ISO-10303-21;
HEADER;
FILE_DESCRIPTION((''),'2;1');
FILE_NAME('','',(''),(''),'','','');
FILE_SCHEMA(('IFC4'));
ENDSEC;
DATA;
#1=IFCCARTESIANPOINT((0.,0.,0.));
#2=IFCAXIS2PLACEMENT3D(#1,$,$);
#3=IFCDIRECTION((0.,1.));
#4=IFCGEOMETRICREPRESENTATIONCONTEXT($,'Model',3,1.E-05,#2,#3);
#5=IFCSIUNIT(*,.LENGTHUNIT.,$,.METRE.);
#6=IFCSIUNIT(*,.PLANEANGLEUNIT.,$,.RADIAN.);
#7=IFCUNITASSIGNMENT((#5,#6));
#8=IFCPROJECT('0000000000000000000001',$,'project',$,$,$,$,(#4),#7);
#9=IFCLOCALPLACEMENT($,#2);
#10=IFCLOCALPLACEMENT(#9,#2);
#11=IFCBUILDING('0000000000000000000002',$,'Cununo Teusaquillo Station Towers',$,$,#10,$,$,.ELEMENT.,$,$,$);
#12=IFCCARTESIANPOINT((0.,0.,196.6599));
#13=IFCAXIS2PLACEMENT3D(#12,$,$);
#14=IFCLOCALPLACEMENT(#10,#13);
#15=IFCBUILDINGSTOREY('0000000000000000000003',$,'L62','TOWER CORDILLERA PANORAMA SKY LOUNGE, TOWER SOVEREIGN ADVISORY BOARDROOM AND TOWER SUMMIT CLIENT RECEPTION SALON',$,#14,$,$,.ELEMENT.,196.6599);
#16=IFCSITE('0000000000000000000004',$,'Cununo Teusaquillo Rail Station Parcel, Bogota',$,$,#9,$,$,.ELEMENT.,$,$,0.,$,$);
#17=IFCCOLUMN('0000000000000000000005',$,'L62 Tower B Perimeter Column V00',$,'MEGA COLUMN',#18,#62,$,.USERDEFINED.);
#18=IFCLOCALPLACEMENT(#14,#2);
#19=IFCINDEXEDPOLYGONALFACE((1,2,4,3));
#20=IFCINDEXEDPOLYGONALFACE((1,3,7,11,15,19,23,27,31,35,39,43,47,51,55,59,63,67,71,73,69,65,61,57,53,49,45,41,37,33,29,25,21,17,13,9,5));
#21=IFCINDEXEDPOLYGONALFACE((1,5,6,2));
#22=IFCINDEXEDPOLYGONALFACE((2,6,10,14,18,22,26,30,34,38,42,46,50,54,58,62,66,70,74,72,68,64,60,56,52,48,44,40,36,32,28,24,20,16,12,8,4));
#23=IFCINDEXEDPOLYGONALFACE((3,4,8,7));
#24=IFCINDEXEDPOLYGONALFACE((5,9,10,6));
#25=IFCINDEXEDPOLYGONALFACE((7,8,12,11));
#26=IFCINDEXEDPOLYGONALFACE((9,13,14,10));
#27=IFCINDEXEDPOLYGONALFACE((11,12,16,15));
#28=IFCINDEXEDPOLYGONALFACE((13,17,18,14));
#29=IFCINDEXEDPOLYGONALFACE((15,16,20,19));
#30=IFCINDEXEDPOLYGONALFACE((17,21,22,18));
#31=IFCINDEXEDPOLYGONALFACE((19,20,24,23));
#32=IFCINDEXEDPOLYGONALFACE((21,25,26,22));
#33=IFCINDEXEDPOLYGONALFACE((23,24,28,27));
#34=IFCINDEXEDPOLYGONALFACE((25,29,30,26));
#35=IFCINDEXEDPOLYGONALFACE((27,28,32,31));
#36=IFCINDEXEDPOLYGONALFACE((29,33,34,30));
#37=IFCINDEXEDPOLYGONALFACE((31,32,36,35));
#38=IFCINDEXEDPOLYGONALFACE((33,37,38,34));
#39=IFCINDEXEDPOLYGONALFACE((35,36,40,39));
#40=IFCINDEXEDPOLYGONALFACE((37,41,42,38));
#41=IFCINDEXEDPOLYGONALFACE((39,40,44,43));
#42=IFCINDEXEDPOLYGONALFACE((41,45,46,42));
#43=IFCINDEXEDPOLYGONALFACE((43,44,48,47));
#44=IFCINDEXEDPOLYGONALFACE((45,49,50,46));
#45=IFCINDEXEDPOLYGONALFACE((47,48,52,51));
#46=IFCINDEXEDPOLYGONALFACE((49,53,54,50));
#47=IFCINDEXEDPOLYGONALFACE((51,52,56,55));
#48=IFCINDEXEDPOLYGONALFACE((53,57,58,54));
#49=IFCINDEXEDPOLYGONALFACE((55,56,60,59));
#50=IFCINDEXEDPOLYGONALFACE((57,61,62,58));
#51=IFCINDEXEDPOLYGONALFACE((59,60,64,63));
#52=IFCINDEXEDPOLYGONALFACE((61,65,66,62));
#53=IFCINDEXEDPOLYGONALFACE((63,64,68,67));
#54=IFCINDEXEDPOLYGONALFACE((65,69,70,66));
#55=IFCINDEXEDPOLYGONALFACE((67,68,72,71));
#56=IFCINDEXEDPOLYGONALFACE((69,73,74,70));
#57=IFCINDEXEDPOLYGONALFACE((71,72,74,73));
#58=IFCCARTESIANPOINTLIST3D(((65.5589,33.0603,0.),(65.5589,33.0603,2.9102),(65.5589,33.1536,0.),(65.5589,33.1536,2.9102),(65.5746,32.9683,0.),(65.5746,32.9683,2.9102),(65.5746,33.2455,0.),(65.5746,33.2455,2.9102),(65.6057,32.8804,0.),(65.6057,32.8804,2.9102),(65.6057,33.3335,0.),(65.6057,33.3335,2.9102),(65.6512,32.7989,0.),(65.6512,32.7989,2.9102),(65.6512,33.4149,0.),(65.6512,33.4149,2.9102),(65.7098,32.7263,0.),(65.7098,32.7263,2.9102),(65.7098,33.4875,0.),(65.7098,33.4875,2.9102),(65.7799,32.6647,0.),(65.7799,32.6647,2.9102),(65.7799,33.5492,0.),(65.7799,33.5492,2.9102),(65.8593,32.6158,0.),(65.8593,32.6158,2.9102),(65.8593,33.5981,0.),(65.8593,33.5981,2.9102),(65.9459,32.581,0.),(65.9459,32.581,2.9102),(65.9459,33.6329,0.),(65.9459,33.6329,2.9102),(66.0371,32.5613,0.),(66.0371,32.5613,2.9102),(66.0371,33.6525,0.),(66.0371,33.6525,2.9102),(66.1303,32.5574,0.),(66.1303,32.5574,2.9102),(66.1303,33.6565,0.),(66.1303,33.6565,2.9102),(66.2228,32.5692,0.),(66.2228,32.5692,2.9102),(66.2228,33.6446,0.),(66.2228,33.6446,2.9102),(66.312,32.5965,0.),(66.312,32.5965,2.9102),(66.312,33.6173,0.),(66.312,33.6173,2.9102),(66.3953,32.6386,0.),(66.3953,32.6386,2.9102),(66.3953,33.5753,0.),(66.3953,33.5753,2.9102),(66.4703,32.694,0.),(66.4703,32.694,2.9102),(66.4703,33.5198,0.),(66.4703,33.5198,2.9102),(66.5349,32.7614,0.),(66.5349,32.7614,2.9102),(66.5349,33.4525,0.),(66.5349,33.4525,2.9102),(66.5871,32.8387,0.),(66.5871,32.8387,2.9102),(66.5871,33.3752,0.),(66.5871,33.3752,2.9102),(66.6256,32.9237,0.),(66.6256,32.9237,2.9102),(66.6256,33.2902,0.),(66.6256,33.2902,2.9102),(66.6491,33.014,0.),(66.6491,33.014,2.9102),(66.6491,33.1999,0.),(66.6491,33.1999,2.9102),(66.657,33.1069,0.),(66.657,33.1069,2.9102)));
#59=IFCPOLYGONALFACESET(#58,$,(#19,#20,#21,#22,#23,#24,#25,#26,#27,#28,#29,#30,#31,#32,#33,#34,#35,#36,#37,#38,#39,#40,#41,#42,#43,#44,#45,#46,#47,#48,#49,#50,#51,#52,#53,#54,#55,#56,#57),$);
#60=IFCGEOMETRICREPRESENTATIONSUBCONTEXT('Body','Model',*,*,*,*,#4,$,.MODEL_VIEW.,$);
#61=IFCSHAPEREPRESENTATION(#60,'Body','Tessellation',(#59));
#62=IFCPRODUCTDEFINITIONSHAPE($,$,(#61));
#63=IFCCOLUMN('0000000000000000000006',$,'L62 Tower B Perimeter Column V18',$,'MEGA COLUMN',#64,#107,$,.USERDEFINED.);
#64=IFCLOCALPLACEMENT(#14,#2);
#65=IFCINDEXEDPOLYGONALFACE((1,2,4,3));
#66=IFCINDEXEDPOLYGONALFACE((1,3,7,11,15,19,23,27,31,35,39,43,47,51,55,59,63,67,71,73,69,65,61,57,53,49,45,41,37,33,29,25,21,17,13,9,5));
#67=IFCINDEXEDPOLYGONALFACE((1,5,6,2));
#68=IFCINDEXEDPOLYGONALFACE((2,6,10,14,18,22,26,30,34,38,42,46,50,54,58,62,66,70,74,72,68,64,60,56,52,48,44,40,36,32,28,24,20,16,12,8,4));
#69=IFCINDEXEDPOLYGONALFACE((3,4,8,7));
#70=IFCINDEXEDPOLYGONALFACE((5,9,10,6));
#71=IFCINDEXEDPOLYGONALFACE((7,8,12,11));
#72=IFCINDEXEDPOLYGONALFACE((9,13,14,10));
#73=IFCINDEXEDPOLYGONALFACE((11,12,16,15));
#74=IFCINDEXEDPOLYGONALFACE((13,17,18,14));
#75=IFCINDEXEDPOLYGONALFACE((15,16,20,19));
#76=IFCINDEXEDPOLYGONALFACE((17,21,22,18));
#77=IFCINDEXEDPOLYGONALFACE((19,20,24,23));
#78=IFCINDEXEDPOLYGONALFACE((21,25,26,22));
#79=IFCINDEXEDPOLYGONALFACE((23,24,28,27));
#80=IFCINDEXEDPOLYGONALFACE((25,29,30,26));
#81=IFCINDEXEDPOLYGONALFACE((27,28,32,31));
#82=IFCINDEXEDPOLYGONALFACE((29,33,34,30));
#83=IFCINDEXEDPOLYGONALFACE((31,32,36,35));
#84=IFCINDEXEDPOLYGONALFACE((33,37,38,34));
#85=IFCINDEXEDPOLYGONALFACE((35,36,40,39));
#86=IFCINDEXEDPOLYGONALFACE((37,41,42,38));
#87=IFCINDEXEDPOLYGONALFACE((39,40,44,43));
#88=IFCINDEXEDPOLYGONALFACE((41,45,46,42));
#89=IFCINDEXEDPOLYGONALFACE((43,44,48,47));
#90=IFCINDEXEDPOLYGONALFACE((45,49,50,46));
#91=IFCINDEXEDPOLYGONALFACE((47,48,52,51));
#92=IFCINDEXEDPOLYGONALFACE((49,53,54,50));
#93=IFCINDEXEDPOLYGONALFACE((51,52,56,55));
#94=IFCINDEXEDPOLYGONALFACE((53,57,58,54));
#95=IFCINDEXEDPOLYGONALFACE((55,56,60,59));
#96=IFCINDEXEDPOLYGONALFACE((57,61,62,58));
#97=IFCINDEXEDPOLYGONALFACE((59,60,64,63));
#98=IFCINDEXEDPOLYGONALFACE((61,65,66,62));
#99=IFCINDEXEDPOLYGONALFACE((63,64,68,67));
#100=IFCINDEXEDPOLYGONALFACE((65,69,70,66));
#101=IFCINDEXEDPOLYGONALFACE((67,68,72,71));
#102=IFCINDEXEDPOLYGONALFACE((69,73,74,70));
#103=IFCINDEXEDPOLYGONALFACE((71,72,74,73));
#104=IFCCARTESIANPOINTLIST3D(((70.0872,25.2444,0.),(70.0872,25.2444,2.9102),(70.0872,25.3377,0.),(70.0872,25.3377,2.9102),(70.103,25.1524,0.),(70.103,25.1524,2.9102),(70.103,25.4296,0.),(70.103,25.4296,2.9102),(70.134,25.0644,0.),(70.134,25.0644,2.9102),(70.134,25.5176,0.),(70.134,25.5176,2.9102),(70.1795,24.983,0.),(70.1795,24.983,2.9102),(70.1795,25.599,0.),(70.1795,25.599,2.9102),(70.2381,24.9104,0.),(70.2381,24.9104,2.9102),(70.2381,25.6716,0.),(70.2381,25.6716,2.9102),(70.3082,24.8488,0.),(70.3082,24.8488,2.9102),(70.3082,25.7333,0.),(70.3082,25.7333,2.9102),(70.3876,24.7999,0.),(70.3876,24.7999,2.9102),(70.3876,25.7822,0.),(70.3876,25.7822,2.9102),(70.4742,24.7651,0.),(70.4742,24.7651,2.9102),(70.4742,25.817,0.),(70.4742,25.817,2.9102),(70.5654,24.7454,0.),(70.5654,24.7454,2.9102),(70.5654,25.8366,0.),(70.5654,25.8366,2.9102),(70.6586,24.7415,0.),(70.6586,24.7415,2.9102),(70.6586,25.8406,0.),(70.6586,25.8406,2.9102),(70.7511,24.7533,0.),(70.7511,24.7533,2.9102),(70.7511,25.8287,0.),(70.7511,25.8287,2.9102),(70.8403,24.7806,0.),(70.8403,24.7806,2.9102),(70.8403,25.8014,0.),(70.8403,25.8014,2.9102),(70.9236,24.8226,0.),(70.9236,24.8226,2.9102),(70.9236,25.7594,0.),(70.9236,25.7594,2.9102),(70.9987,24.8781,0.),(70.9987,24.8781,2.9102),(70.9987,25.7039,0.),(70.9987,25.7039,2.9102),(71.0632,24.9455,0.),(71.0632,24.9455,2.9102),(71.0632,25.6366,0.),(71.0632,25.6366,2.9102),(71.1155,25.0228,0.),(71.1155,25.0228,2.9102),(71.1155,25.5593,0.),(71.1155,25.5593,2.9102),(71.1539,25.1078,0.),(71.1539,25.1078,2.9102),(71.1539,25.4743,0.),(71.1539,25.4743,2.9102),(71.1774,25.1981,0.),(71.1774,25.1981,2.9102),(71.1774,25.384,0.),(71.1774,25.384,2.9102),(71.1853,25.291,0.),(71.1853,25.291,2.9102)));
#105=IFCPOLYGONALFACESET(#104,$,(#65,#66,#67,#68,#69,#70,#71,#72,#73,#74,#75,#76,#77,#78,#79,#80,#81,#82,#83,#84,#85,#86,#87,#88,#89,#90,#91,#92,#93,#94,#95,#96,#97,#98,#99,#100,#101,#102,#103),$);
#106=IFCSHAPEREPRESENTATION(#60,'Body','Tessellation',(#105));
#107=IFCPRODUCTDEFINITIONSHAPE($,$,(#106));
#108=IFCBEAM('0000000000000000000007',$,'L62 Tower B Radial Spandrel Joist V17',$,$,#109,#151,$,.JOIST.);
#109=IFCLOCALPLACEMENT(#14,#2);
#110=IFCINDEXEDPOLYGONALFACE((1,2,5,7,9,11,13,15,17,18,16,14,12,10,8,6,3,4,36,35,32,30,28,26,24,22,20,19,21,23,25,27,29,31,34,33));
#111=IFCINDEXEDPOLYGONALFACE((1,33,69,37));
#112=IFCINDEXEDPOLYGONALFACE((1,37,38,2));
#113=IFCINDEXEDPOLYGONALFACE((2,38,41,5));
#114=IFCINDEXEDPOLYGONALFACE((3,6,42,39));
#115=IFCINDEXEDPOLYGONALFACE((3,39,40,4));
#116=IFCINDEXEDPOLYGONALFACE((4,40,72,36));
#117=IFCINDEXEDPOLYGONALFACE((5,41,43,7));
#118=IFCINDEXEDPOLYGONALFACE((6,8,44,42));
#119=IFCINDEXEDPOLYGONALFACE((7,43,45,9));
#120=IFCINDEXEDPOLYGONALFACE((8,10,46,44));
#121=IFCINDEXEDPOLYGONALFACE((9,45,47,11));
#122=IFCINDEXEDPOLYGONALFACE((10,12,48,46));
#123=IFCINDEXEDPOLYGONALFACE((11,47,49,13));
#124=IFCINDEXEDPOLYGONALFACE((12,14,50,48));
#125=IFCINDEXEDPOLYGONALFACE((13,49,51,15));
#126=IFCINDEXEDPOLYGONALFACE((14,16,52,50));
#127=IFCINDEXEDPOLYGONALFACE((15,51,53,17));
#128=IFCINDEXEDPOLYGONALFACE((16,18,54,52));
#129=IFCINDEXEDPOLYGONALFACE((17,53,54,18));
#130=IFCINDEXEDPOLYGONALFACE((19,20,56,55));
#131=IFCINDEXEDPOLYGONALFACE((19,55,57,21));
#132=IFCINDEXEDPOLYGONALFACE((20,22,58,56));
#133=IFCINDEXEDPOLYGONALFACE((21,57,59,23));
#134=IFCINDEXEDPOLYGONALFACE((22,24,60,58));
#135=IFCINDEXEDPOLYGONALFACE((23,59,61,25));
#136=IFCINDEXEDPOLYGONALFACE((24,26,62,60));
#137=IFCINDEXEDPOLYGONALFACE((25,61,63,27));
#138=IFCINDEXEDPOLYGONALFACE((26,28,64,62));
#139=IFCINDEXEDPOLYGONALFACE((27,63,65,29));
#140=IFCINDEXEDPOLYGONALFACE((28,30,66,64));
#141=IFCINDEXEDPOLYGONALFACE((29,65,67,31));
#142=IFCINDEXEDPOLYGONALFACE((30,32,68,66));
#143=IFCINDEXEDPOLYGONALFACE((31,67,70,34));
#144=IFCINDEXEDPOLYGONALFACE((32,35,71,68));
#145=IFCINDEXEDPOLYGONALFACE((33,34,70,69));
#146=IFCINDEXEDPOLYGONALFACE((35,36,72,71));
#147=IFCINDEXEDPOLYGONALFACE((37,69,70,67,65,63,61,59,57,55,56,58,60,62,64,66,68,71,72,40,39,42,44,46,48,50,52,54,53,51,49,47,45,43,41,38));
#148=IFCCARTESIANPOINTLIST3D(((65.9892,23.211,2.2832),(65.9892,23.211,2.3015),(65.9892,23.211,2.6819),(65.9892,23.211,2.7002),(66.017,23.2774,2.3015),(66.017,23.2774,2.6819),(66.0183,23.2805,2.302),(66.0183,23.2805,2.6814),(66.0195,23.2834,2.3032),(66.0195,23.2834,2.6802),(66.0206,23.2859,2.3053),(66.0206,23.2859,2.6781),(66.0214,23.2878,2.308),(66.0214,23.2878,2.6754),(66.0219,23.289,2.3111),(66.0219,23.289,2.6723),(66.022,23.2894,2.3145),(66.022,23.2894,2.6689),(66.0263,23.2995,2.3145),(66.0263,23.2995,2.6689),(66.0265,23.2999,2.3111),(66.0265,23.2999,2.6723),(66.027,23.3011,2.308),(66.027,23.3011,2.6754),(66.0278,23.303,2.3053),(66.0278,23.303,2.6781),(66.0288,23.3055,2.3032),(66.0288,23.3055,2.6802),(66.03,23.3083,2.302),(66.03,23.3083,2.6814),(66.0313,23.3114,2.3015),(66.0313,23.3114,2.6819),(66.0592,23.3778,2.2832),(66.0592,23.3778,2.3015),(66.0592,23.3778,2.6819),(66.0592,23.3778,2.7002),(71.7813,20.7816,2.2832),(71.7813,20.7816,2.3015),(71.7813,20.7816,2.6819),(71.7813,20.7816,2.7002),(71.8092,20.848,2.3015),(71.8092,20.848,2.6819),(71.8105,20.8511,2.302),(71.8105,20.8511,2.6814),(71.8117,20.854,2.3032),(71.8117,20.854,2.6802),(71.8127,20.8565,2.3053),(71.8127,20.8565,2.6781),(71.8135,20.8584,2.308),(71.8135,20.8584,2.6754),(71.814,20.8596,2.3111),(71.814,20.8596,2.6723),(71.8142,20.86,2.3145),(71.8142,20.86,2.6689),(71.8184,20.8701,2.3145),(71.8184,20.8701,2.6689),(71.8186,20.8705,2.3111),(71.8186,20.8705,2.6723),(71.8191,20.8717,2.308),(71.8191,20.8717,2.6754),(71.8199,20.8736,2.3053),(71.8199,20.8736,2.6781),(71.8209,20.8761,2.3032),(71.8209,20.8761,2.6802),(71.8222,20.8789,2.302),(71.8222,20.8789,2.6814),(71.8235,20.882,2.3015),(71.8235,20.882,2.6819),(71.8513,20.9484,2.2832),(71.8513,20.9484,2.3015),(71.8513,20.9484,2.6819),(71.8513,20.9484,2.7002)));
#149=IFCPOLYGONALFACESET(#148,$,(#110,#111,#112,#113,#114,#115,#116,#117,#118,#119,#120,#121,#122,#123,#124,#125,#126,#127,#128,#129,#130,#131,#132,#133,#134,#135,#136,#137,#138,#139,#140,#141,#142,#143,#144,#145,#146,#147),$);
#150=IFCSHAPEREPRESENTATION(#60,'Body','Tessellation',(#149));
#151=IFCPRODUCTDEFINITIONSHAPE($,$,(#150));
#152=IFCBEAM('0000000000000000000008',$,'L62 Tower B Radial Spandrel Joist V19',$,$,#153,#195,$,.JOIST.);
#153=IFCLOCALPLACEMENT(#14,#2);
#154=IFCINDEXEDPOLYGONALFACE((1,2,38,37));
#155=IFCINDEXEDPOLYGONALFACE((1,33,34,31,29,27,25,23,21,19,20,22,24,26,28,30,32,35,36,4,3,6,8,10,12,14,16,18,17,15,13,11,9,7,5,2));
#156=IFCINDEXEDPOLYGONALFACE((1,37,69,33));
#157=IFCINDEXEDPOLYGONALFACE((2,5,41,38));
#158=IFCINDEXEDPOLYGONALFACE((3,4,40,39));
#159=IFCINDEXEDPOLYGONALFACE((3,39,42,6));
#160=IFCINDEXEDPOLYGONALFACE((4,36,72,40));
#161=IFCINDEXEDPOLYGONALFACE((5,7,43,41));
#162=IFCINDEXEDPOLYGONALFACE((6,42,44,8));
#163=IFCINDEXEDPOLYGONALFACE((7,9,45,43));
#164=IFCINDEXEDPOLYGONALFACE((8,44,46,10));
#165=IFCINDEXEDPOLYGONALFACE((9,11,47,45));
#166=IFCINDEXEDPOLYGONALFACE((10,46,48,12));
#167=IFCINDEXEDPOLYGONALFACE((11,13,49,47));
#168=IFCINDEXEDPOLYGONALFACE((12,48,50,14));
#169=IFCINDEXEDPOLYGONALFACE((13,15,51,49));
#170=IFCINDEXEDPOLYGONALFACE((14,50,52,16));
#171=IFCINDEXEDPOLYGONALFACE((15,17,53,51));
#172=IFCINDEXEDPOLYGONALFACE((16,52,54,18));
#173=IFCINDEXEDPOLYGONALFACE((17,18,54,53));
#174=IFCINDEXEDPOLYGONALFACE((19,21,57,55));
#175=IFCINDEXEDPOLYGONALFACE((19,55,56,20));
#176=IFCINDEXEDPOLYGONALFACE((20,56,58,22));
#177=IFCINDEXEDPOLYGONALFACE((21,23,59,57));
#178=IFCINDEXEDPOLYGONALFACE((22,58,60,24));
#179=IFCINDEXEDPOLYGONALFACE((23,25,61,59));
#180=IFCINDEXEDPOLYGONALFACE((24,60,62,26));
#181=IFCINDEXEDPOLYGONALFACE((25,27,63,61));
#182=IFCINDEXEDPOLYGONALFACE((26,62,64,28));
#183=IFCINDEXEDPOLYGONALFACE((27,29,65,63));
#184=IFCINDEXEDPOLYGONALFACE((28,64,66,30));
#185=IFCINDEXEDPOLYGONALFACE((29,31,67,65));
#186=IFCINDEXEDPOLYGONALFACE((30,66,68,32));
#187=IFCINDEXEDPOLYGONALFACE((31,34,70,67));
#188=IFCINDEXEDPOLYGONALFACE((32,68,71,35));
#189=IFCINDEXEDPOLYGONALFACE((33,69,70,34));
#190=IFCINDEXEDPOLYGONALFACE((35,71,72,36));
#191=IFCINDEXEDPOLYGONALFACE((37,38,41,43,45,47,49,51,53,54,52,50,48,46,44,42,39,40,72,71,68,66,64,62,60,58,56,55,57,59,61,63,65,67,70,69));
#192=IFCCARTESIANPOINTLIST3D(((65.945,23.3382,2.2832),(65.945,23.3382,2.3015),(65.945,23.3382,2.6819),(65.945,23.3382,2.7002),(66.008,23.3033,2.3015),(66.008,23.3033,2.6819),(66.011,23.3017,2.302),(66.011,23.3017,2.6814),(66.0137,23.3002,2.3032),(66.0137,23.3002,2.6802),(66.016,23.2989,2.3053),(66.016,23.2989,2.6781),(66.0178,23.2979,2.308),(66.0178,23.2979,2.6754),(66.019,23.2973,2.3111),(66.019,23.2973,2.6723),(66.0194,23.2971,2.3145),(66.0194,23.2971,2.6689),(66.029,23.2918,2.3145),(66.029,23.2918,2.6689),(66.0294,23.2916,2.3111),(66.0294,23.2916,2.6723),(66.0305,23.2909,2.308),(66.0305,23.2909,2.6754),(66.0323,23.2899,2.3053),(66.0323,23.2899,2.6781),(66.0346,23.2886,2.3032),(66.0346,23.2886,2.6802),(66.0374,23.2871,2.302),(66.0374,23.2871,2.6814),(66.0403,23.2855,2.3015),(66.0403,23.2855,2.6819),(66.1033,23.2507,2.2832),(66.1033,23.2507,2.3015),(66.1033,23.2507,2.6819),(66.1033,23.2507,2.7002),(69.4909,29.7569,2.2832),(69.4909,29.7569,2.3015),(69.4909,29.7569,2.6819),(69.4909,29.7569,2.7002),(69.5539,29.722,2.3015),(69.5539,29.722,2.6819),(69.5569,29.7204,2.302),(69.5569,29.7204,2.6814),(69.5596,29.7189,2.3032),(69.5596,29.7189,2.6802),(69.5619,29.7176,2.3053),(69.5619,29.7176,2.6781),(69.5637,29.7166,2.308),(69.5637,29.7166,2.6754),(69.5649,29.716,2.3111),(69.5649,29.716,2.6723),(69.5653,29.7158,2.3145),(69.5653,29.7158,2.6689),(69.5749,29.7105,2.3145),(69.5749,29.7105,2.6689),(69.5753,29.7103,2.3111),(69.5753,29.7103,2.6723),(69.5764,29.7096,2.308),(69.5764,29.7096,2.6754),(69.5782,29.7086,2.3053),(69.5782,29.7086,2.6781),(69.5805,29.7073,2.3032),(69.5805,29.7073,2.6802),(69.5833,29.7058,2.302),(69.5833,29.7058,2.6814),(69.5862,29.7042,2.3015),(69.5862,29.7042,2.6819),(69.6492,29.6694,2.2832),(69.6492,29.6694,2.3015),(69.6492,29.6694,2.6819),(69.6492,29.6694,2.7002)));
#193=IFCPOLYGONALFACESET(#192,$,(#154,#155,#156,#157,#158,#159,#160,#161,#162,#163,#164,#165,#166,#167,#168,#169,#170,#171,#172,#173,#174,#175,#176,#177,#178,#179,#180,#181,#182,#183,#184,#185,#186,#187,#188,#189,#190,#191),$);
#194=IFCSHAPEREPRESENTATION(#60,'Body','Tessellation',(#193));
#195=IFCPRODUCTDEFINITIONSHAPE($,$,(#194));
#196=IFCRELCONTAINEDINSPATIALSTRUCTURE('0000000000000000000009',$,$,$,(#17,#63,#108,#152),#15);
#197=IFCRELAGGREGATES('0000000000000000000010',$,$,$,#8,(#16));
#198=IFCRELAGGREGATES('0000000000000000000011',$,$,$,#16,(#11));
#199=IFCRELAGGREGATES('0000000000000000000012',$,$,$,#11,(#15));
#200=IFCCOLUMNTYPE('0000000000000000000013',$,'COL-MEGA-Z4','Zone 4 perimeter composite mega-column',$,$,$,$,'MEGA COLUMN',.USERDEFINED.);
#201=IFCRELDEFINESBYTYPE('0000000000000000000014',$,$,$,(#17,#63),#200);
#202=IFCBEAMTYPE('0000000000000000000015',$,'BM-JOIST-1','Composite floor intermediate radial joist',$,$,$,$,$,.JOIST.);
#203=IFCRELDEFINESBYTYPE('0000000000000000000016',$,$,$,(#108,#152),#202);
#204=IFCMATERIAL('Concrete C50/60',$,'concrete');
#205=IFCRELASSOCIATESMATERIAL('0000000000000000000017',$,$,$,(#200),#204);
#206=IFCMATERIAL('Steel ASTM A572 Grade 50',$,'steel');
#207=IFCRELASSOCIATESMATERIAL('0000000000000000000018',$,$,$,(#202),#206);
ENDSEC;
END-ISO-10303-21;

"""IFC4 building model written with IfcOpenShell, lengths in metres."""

from ifc_helpers import new_model, si_unit, direction, frame, origin, origin_2d, place, context, subcontext, project, spatial, circle, i_section, extrude, material, material_profile, profile_set, type_object, element, save


model = new_model("IFC4")

# Units and contexts
model_context = context("Model", 3, precision=1e-05, world=origin(), true_north=direction((0.0, 1.0)))
body_context = subcontext(model_context, "Body", "Model", "MODEL_VIEW")
ifc_project = project(units=[si_unit("LENGTHUNIT", "METRE"), si_unit("PLANEANGLEUNIT", "RADIAN")], contexts=[model_context])

# Site, building, storey
site_placement = place(None, origin())
site = spatial("IfcSite", under=ifc_project, at=site_placement, Name="Cununo Teusaquillo Rail Station Parcel, Bogota", CompositionType="ELEMENT", RefElevation=0.0)
building_placement = place(site_placement, origin())
building = spatial("IfcBuilding", under=site, at=building_placement, Name="Cununo Teusaquillo Station Towers", CompositionType="ELEMENT")
storey_placement = place(building_placement, frame((0.0, 0.0, 196.6599)))
storey = spatial("IfcBuildingStorey", under=building, at=storey_placement, Name="L62", Description="TOWER CORDILLERA PANORAMA SKY LOUNGE, TOWER SOVEREIGN ADVISORY BOARDROOM AND TOWER SUMMIT CLIENT RECEPTION SALON", CompositionType="ELEMENT", Elevation=196.6599)

# Columns
ifc_material_1 = material(Name="Concrete C50/60", Category="concrete")
ifc_material_profile_1 = material_profile(ifc_material_1, circle(Radius=0.55, at=origin_2d()), Name="RC-CIRC-1100")
ifc_profile_set_1 = profile_set([ifc_material_profile_1], Name="Concrete C50/60")
column_type = type_object("IfcColumnType", Name="COL-MEGA-Z4", Description="Zone 4 perimeter composite mega-column", ElementType="MEGA COLUMN", PredefinedType="USERDEFINED", material=ifc_profile_set_1)
for number, where, z_axis, x_axis, name in (
    (1, (66.1069, 33.1069, 0.0), (0.0, 0.0, 1.0), (1.0, 0.0, 0.0), "L62 Tower B Perimeter Column V00"),
    (2, (70.6353, 25.291, 0.0), (0.0, 0.0, 1.0), (1.0, 0.0, 0.0), "L62 Tower B Perimeter Column V18"),
):
    element("IfcColumn", number, at=place(storey_placement, frame(where, z_axis=z_axis, x_axis=x_axis)), inside=storey, type_object=column_type, Name=name, ObjectType="MEGA COLUMN", PredefinedType="USERDEFINED", context=body_context, shape_type="SweptSolid", body=[
        extrude(circle(Radius=0.55, at=origin_2d()), origin(), (0.0, 0.0, 1.0), 2.9102),
    ])

# Beams
ifc_material_2 = material(Name="Steel ASTM A572 Grade 50", Category="steel")
ifc_material_profile_2 = material_profile(ifc_material_2, i_section(OverallWidth=0.1809, OverallDepth=0.417, WebThickness=0.011, FlangeThickness=0.0183, FilletRadius=0.0129, at=origin_2d()), Name="W16X57")
ifc_profile_set_2 = profile_set([ifc_material_profile_2], Name="Steel ASTM A572 Grade 50")
beam_type_1 = type_object("IfcBeamType", Name="BM-JOIST-1", Description="Composite floor intermediate radial joist", PredefinedType="JOIST", material=ifc_profile_set_2)
beam_1_placement = place(storey_placement, frame((66.0242, 23.2944, 2.4917), z_axis=(0.922169, -0.386786, 0.0), x_axis=(0.386786, 0.922169, 0.0)))
element("IfcBeam", 3, at=beam_1_placement, inside=storey, type_object=beam_type_1, Name="L62 Tower B Radial Spandrel Joist V17", PredefinedType="JOIST", context=body_context, shape_type="SweptSolid", body=[
    extrude(i_section(OverallWidth=0.1809, OverallDepth=0.417, WebThickness=0.011, FlangeThickness=0.0183, FilletRadius=0.0129, at=origin_2d()), origin(), (0.0, 0.0, 1.0), 6.281),
])
beam_2_placement = place(storey_placement, frame((66.0242, 23.2944, 2.4917), z_axis=(0.483553, 0.875315, 0.0), x_axis=(-0.875315, 0.483553, 0.0)))
element("IfcBeam", 4, at=beam_2_placement, inside=storey, type_object=beam_type_1, Name="L62 Tower B Radial Spandrel Joist V19", PredefinedType="JOIST", context=body_context, shape_type="SweptSolid", body=[
    extrude(i_section(OverallWidth=0.1809, OverallDepth=0.417, WebThickness=0.011, FlangeThickness=0.0183, FilletRadius=0.0129, at=origin_2d()), origin(), (0.0, 0.0, 1.0), 7.333),
])

save(model, "model.ifc")
